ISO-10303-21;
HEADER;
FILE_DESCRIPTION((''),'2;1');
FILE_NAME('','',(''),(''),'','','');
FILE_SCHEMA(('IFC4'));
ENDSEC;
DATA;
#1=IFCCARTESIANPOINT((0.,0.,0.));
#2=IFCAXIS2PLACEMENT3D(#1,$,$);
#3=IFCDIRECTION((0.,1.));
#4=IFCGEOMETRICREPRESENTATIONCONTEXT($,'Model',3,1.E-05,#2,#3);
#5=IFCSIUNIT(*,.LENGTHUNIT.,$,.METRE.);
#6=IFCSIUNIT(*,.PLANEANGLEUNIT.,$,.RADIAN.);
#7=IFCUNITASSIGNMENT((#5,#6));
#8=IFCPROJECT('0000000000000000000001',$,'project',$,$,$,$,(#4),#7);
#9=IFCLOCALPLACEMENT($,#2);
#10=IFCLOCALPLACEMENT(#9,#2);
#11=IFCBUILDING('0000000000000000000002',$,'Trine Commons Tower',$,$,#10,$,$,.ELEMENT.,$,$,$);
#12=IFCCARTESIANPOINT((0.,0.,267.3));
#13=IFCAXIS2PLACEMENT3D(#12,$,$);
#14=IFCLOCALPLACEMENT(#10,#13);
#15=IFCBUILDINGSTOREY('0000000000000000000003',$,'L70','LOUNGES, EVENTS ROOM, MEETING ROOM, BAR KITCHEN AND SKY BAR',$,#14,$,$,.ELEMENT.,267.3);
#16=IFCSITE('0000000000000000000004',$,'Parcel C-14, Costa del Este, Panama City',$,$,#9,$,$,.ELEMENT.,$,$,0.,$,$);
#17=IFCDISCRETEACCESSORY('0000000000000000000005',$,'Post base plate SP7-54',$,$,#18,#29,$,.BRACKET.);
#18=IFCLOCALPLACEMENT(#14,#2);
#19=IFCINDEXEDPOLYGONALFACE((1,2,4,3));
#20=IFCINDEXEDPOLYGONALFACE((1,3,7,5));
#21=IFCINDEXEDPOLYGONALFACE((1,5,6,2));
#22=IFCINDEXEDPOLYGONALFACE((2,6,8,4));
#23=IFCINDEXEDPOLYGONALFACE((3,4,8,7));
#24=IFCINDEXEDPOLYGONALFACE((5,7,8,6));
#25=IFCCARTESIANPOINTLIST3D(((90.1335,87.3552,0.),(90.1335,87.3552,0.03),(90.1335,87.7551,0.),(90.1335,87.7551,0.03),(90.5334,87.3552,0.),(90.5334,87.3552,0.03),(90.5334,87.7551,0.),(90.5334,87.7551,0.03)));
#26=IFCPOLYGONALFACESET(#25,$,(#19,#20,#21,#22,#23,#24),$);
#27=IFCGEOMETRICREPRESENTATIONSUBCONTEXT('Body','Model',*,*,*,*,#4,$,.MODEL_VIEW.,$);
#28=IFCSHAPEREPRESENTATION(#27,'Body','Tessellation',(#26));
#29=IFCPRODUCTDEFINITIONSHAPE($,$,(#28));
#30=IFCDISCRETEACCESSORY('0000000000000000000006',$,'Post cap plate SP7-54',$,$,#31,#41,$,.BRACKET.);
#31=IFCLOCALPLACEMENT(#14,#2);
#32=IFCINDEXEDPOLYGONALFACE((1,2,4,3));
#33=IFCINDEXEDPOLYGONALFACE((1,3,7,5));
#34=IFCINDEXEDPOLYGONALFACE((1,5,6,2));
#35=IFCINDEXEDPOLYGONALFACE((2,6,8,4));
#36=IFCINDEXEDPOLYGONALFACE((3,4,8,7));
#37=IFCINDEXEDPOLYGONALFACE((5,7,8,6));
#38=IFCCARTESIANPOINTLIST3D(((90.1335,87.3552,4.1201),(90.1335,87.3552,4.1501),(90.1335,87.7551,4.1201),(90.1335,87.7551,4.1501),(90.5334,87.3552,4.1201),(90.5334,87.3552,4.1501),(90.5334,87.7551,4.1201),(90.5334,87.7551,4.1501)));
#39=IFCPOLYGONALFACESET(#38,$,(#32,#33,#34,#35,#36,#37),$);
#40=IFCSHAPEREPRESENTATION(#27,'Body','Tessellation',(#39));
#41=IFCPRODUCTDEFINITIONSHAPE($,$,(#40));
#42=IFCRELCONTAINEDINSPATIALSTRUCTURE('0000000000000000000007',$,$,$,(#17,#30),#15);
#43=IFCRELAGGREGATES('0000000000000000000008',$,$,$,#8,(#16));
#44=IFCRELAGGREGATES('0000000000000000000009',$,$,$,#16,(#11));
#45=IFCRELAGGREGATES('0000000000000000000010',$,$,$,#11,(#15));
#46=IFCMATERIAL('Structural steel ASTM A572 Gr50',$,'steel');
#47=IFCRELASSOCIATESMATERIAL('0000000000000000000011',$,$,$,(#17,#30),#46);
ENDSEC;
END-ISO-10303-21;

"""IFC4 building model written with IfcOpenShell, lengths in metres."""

from ifc_helpers import new_model, si_unit, direction, frame, origin, origin_2d, place, context, subcontext, project, spatial, rectangle, extrude, material, element, save


model = new_model("IFC4")

# Units and contexts
model_context = context("Model", 3, precision=1e-05, world=origin(), true_north=direction((0.0, 1.0)))
body_context = subcontext(model_context, "Body", "Model", "MODEL_VIEW")
ifc_project = project(units=[si_unit("LENGTHUNIT", "METRE"), si_unit("PLANEANGLEUNIT", "RADIAN")], contexts=[model_context])

# Site, building, storey
site_placement = place(None, origin())
site = spatial("IfcSite", under=ifc_project, at=site_placement, Name="Parcel C-14, Costa del Este, Panama City", CompositionType="ELEMENT", RefElevation=0.0)
building_placement = place(site_placement, origin())
building = spatial("IfcBuilding", under=site, at=building_placement, Name="Trine Commons Tower", CompositionType="ELEMENT")
storey_placement = place(building_placement, frame((0.0, 0.0, 267.3)))
storey = spatial("IfcBuildingStorey", under=building, at=storey_placement, Name="L70", Description="LOUNGES, EVENTS ROOM, MEETING ROOM, BAR KITCHEN AND SKY BAR", CompositionType="ELEMENT", Elevation=267.3)

# Discrete accessories
ifc_material_1 = material(Name="Structural steel ASTM A572 Gr50", Category="steel")
for number, where, z_axis, x_axis, name in (
    (1, (90.3335, 87.5552, 0.0), (0.0, 0.0, 1.0), (1.0, 0.0, 0.0), "Post base plate SP7-54"),
    (2, (90.3335, 87.5552, 4.1201), (0.0, 0.0, 1.0), (1.0, 0.0, 0.0), "Post cap plate SP7-54"),
):
    element("IfcDiscreteAccessory", number, at=place(storey_placement, frame(where, z_axis=z_axis, x_axis=x_axis)), inside=storey, material=ifc_material_1, Name=name, PredefinedType="BRACKET", context=body_context, shape_type="SweptSolid", body=[
        extrude(rectangle(XDim=0.3999, YDim=0.3999, at=origin_2d()), origin(), (0.0, 0.0, 1.0), 0.03),
    ])

save(model, "model.ifc")
